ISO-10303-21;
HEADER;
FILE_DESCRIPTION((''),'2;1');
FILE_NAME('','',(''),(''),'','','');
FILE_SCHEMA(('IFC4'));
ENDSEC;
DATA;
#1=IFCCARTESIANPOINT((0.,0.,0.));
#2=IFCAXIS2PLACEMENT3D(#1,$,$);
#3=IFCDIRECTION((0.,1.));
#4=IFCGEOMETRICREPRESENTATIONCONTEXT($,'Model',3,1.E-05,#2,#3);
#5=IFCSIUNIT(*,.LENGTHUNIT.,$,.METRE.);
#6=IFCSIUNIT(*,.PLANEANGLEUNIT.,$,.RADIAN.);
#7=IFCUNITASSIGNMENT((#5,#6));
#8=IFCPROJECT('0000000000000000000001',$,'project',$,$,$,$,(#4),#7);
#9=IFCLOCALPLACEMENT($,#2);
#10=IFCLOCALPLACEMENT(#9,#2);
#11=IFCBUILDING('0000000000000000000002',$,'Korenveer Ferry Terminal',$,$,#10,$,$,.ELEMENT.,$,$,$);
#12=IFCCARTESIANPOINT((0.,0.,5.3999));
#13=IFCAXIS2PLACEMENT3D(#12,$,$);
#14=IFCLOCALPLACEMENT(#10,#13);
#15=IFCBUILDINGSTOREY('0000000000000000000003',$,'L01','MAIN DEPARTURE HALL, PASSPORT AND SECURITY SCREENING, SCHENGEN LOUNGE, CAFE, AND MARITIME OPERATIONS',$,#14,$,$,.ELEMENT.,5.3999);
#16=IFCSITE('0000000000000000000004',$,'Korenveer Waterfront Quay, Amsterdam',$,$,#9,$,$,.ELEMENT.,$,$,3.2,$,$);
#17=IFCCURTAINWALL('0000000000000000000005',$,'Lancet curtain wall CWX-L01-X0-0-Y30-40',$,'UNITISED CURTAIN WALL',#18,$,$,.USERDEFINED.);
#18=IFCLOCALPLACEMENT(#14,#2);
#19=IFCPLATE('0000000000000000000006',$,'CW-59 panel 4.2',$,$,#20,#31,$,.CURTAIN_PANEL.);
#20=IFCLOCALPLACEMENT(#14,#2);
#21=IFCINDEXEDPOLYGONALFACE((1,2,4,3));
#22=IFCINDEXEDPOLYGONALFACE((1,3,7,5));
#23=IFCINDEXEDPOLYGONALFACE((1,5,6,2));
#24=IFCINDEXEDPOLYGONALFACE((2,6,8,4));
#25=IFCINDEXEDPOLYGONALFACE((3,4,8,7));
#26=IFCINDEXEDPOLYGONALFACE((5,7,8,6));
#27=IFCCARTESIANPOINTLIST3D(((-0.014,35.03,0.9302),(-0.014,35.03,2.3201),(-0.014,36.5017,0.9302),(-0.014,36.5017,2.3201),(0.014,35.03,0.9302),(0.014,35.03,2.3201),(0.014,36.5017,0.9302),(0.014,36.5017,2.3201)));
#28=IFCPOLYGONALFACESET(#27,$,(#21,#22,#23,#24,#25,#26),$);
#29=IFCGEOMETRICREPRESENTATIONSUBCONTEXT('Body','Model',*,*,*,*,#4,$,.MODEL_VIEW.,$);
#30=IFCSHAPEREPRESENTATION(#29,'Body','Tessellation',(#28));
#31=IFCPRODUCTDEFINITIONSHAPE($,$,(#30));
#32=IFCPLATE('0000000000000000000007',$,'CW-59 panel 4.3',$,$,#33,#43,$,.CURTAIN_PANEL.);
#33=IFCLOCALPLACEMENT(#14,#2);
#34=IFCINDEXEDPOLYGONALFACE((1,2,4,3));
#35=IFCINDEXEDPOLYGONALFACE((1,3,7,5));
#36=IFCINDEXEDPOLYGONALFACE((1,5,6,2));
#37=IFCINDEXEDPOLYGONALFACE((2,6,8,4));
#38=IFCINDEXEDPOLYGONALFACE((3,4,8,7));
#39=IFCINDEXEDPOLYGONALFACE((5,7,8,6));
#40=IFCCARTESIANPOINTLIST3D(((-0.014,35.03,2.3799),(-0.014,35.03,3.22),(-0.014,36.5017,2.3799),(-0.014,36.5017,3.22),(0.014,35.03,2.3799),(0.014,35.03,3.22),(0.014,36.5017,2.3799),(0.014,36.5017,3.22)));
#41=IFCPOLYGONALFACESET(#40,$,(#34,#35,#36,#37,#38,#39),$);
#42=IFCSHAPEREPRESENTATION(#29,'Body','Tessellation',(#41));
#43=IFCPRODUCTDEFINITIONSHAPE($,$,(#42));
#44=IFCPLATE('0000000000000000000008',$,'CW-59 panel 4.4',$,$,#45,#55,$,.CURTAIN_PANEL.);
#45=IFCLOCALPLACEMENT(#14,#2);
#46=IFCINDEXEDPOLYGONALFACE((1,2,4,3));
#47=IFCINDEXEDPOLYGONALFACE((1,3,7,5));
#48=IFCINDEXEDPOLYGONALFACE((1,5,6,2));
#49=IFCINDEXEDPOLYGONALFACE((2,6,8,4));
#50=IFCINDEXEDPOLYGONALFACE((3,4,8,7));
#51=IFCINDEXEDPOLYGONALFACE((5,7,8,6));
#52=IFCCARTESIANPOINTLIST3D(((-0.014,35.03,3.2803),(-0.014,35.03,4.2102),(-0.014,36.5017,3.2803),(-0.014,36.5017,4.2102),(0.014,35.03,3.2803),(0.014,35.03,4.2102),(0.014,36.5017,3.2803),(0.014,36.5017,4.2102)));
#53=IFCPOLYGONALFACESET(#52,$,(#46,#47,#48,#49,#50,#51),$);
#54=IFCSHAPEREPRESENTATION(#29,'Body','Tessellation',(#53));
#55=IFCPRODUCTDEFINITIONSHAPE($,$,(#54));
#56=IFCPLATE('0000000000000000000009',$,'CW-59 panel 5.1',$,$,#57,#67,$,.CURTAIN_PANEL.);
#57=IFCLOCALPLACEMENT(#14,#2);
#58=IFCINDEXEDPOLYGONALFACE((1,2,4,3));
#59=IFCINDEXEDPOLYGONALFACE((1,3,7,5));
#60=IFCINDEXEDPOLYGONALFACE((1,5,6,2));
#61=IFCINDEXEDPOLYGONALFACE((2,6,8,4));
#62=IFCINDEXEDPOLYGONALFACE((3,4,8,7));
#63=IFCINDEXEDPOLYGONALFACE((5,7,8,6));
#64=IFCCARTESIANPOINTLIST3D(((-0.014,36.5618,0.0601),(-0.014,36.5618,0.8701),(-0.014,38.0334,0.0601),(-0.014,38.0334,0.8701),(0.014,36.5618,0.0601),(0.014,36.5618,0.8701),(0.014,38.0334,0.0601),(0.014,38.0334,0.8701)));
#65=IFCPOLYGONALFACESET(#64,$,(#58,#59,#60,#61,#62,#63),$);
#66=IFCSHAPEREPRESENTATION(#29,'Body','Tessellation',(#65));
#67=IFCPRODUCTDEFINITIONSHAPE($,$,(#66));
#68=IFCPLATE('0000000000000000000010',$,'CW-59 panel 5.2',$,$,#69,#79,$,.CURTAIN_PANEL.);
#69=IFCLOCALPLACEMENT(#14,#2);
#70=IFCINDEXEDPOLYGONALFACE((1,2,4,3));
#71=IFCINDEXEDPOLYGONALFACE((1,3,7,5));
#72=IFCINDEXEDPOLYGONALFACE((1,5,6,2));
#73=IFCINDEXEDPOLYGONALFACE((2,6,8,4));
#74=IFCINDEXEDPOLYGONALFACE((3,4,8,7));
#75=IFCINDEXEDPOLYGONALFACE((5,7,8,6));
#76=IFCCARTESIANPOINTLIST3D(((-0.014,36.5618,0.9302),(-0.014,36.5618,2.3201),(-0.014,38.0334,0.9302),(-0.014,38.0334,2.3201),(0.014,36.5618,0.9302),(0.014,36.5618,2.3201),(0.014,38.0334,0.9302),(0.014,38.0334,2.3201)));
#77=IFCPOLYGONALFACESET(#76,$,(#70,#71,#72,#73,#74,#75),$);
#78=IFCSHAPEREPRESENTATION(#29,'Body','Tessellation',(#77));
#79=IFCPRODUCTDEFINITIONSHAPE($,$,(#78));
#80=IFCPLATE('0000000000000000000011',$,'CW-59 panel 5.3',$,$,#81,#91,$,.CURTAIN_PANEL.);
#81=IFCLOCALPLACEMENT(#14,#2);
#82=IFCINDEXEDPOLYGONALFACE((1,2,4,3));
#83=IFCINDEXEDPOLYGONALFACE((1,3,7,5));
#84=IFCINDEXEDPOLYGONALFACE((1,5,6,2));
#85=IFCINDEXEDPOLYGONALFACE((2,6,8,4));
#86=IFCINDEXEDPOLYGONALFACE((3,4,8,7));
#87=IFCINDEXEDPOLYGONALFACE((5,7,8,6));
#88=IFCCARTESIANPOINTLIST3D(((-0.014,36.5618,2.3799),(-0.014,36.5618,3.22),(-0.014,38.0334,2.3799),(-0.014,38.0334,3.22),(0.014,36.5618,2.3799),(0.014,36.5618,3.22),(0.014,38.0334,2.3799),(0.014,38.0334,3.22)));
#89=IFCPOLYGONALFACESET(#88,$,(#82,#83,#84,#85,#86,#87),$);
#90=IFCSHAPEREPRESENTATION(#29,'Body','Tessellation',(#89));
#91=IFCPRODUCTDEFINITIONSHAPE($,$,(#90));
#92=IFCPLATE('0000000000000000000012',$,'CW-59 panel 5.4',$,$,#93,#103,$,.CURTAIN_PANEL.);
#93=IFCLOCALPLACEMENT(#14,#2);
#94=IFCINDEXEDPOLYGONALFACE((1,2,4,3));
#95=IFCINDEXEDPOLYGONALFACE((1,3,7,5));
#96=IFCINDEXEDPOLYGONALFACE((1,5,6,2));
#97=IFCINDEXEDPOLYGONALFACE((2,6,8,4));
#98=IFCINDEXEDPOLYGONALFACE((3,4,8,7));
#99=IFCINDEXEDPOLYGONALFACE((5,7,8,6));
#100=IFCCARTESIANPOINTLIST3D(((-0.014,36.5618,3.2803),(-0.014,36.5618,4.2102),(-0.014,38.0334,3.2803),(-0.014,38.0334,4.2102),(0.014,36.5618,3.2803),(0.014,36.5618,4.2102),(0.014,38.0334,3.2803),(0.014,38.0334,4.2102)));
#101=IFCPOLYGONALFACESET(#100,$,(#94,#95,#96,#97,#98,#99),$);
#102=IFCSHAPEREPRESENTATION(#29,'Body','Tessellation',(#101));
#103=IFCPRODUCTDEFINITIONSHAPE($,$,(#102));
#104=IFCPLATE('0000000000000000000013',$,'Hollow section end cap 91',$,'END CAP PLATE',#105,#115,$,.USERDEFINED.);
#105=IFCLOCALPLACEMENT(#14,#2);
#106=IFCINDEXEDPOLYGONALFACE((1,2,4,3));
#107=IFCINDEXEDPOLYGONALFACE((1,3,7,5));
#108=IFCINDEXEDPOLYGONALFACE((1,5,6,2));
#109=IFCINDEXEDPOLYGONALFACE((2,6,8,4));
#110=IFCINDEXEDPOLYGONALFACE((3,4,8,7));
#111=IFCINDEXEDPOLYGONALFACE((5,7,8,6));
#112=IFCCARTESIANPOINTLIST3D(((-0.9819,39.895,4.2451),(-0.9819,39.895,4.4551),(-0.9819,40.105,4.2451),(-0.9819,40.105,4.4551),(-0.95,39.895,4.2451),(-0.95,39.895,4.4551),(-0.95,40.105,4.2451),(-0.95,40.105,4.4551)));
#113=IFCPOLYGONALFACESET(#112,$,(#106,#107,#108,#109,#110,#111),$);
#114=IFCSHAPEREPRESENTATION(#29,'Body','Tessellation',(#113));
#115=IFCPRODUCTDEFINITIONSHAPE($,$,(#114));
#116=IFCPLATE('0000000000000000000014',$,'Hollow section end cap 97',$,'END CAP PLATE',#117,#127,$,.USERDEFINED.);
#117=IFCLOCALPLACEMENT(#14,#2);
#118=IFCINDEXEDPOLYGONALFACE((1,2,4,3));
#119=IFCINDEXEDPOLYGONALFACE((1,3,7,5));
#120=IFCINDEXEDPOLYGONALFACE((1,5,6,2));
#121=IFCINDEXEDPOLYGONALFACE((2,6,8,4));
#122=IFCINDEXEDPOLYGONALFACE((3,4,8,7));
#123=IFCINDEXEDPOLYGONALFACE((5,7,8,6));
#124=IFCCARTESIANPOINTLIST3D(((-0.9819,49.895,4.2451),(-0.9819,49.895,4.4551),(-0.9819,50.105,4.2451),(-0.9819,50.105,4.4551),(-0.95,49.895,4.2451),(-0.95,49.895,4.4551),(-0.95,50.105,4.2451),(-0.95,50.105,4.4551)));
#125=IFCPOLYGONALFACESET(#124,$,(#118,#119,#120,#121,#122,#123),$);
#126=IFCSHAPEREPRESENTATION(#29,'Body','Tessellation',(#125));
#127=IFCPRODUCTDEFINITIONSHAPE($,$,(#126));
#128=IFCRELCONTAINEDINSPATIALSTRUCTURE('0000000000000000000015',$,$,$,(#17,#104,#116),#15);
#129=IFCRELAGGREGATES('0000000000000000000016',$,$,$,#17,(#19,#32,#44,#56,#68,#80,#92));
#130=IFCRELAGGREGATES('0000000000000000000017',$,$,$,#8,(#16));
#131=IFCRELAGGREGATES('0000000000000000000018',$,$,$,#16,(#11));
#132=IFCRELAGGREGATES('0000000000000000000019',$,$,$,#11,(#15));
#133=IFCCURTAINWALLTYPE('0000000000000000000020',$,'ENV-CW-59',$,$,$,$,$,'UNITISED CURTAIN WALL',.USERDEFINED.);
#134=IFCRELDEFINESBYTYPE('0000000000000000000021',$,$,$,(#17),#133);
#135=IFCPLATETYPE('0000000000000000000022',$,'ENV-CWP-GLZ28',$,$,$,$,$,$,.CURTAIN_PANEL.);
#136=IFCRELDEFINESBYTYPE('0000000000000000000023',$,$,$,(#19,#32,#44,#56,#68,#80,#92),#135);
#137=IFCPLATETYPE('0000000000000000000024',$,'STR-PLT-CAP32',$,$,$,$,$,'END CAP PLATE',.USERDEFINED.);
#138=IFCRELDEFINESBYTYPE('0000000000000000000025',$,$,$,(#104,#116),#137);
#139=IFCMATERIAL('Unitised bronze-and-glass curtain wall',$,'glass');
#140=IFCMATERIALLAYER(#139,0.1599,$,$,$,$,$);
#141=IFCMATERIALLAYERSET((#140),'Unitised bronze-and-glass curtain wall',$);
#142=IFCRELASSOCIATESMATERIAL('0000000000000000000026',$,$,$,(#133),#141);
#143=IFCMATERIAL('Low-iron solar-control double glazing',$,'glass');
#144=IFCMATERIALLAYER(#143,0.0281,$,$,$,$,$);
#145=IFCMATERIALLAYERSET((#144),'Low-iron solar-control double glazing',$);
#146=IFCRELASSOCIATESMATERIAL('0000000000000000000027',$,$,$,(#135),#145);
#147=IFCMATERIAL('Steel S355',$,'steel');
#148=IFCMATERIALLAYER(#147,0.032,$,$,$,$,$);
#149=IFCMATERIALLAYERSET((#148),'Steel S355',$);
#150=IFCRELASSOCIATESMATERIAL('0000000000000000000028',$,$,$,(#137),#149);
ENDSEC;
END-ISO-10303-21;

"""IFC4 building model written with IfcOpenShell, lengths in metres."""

from ifc_helpers import new_model, si_unit, direction, frame, origin, origin_2d, place, context, subcontext, project, spatial, rectangle, extrude, material, layer, layer_set, type_object, element, aggregate, save


model = new_model("IFC4")

# Units and contexts
model_context = context("Model", 3, precision=1e-05, world=origin(), true_north=direction((0.0, 1.0)))
body_context = subcontext(model_context, "Body", "Model", "MODEL_VIEW")
ifc_project = project(units=[si_unit("LENGTHUNIT", "METRE"), si_unit("PLANEANGLEUNIT", "RADIAN")], contexts=[model_context])

# Site, building, storey
site_placement = place(None, origin())
site = spatial("IfcSite", under=ifc_project, at=site_placement, Name="Korenveer Waterfront Quay, Amsterdam", CompositionType="ELEMENT", RefElevation=3.2)
building_placement = place(site_placement, origin())
building = spatial("IfcBuilding", under=site, at=building_placement, Name="Korenveer Ferry Terminal", CompositionType="ELEMENT")
storey_placement = place(building_placement, frame((0.0, 0.0, 5.3999)))
storey = spatial("IfcBuildingStorey", under=building, at=storey_placement, Name="L01", Description="MAIN DEPARTURE HALL, PASSPORT AND SECURITY SCREENING, SCHENGEN LOUNGE, CAFE, AND MARITIME OPERATIONS", CompositionType="ELEMENT", Elevation=5.3999)

# Shared definitions
ifc_material_1 = material(Name="Steel S355", Category="steel")

# Curtain wall
ifc_material_2 = material(Name="Unitised bronze-and-glass curtain wall", Category="glass")
ifc_layer_1 = layer(ifc_material_2, 0.1599)
ifc_layer_set_1 = layer_set([ifc_layer_1], Name="Unitised bronze-and-glass curtain wall")
curtain_wall_type = type_object("IfcCurtainWallType", Name="ENV-CW-59", ElementType="UNITISED CURTAIN WALL", PredefinedType="USERDEFINED", material=ifc_layer_set_1)
curtain_wall_placement = place(storey_placement, frame((0.0, 30.405, 0.0)))
curtain_wall = element("IfcCurtainWall", 1, at=curtain_wall_placement, inside=storey, type_object=curtain_wall_type, Name="Lancet curtain wall CWX-L01-X0-0-Y30-40", ObjectType="UNITISED CURTAIN WALL", PredefinedType="USERDEFINED")

# Plates
ifc_material_3 = material(Name="Low-iron solar-control double glazing", Category="glass")
ifc_layer_2 = layer(ifc_material_3, 0.0281)
ifc_layer_set_2 = layer_set([ifc_layer_2], Name="Low-iron solar-control double glazing")
plate_type_1 = type_object("IfcPlateType", Name="ENV-CWP-GLZ28", PredefinedType="CURTAIN_PANEL", material=ifc_layer_set_2)
plate_1_placement = place(storey_placement, frame((0.0, 35.7659, 0.9302), z_axis=(0.0, 0.0, 1.0), x_axis=(0.0, 1.0, 0.0)))
plate_1 = element("IfcPlate", 2, at=plate_1_placement, type_object=plate_type_1, Name="CW-59 panel 4.2", PredefinedType="CURTAIN_PANEL", context=body_context, shape_type="SweptSolid", body=[
    extrude(rectangle(XDim=1.4717, YDim=0.0281, at=origin_2d()), origin(), (0.0, 0.0, 1.0), 1.3899),
])
plate_2_placement = place(storey_placement, frame((0.0, 35.7659, 2.3799), z_axis=(0.0, 0.0, 1.0), x_axis=(0.0, 1.0, 0.0)))
plate_2 = element("IfcPlate", 3, at=plate_2_placement, type_object=plate_type_1, Name="CW-59 panel 4.3", PredefinedType="CURTAIN_PANEL", context=body_context, shape_type="SweptSolid", body=[
    extrude(rectangle(XDim=1.4717, YDim=0.0281, at=origin_2d()), origin(), (0.0, 0.0, 1.0), 0.8401),
])
plate_3_placement = place(storey_placement, frame((0.0, 35.7659, 3.2803), z_axis=(0.0, 0.0, 1.0), x_axis=(0.0, 1.0, 0.0)))
plate_3 = element("IfcPlate", 4, at=plate_3_placement, type_object=plate_type_1, Name="CW-59 panel 4.4", PredefinedType="CURTAIN_PANEL", context=body_context, shape_type="SweptSolid", body=[
    extrude(rectangle(XDim=1.4717, YDim=0.0281, at=origin_2d()), origin(), (0.0, 0.0, 1.0), 0.9299),
])
plate_4_placement = place(storey_placement, frame((0.0, 37.2976, 0.0601), z_axis=(0.0, 0.0, 1.0), x_axis=(0.0, 1.0, 0.0)))
plate_4 = element("IfcPlate", 5, at=plate_4_placement, type_object=plate_type_1, Name="CW-59 panel 5.1", PredefinedType="CURTAIN_PANEL", context=body_context, shape_type="SweptSolid", body=[
    extrude(rectangle(XDim=1.4717, YDim=0.0281, at=origin_2d()), origin(), (0.0, 0.0, 1.0), 0.8101),
])
plate_5_placement = place(storey_placement, frame((0.0, 37.2976, 0.9302), z_axis=(0.0, 0.0, 1.0), x_axis=(0.0, 1.0, 0.0)))
plate_5 = element("IfcPlate", 6, at=plate_5_placement, type_object=plate_type_1, Name="CW-59 panel 5.2", PredefinedType="CURTAIN_PANEL", context=body_context, shape_type="SweptSolid", body=[
    extrude(rectangle(XDim=1.4717, YDim=0.0281, at=origin_2d()), origin(), (0.0, 0.0, 1.0), 1.3899),
])
plate_6_placement = place(storey_placement, frame((0.0, 37.2976, 2.3799), z_axis=(0.0, 0.0, 1.0), x_axis=(0.0, 1.0, 0.0)))
plate_6 = element("IfcPlate", 7, at=plate_6_placement, type_object=plate_type_1, Name="CW-59 panel 5.3", PredefinedType="CURTAIN_PANEL", context=body_context, shape_type="SweptSolid", body=[
    extrude(rectangle(XDim=1.4717, YDim=0.0281, at=origin_2d()), origin(), (0.0, 0.0, 1.0), 0.8401),
])
plate_7_placement = place(storey_placement, frame((0.0, 37.2976, 3.2803), z_axis=(0.0, 0.0, 1.0), x_axis=(0.0, 1.0, 0.0)))
plate_7 = element("IfcPlate", 8, at=plate_7_placement, type_object=plate_type_1, Name="CW-59 panel 5.4", PredefinedType="CURTAIN_PANEL", context=body_context, shape_type="SweptSolid", body=[
    extrude(rectangle(XDim=1.4717, YDim=0.0281, at=origin_2d()), origin(), (0.0, 0.0, 1.0), 0.9299),
])
aggregate(curtain_wall, [plate_1, plate_2, plate_3, plate_4, plate_5, plate_6, plate_7])

# Plates
ifc_layer_3 = layer(ifc_material_1, 0.032)
ifc_layer_set_3 = layer_set([ifc_layer_3], Name="Steel S355")
plate_type_2 = type_object("IfcPlateType", Name="STR-PLT-CAP32", ElementType="END CAP PLATE", PredefinedType="USERDEFINED", material=ifc_layer_set_3)
for number, where, z_axis, x_axis, name in (
    (9, (-0.9819, 40.0, 4.3501), (1.0, 0.0, 0.0), (0.0, 1.0, 0.0), "Hollow section end cap 91"),
    (10, (-0.9819, 50.0, 4.3501), (1.0, 0.0, 0.0), (0.0, 1.0, 0.0), "Hollow section end cap 97"),
):
    element("IfcPlate", number, at=place(storey_placement, frame(where, z_axis=z_axis, x_axis=x_axis)), inside=storey, type_object=plate_type_2, Name=name, ObjectType="END CAP PLATE", PredefinedType="USERDEFINED", context=body_context, shape_type="SweptSolid", body=[
        extrude(rectangle(XDim=0.21, YDim=0.21, at=origin_2d()), origin(), (0.0, 0.0, 1.0), 0.032),
    ])

save(model, "model.ifc")
